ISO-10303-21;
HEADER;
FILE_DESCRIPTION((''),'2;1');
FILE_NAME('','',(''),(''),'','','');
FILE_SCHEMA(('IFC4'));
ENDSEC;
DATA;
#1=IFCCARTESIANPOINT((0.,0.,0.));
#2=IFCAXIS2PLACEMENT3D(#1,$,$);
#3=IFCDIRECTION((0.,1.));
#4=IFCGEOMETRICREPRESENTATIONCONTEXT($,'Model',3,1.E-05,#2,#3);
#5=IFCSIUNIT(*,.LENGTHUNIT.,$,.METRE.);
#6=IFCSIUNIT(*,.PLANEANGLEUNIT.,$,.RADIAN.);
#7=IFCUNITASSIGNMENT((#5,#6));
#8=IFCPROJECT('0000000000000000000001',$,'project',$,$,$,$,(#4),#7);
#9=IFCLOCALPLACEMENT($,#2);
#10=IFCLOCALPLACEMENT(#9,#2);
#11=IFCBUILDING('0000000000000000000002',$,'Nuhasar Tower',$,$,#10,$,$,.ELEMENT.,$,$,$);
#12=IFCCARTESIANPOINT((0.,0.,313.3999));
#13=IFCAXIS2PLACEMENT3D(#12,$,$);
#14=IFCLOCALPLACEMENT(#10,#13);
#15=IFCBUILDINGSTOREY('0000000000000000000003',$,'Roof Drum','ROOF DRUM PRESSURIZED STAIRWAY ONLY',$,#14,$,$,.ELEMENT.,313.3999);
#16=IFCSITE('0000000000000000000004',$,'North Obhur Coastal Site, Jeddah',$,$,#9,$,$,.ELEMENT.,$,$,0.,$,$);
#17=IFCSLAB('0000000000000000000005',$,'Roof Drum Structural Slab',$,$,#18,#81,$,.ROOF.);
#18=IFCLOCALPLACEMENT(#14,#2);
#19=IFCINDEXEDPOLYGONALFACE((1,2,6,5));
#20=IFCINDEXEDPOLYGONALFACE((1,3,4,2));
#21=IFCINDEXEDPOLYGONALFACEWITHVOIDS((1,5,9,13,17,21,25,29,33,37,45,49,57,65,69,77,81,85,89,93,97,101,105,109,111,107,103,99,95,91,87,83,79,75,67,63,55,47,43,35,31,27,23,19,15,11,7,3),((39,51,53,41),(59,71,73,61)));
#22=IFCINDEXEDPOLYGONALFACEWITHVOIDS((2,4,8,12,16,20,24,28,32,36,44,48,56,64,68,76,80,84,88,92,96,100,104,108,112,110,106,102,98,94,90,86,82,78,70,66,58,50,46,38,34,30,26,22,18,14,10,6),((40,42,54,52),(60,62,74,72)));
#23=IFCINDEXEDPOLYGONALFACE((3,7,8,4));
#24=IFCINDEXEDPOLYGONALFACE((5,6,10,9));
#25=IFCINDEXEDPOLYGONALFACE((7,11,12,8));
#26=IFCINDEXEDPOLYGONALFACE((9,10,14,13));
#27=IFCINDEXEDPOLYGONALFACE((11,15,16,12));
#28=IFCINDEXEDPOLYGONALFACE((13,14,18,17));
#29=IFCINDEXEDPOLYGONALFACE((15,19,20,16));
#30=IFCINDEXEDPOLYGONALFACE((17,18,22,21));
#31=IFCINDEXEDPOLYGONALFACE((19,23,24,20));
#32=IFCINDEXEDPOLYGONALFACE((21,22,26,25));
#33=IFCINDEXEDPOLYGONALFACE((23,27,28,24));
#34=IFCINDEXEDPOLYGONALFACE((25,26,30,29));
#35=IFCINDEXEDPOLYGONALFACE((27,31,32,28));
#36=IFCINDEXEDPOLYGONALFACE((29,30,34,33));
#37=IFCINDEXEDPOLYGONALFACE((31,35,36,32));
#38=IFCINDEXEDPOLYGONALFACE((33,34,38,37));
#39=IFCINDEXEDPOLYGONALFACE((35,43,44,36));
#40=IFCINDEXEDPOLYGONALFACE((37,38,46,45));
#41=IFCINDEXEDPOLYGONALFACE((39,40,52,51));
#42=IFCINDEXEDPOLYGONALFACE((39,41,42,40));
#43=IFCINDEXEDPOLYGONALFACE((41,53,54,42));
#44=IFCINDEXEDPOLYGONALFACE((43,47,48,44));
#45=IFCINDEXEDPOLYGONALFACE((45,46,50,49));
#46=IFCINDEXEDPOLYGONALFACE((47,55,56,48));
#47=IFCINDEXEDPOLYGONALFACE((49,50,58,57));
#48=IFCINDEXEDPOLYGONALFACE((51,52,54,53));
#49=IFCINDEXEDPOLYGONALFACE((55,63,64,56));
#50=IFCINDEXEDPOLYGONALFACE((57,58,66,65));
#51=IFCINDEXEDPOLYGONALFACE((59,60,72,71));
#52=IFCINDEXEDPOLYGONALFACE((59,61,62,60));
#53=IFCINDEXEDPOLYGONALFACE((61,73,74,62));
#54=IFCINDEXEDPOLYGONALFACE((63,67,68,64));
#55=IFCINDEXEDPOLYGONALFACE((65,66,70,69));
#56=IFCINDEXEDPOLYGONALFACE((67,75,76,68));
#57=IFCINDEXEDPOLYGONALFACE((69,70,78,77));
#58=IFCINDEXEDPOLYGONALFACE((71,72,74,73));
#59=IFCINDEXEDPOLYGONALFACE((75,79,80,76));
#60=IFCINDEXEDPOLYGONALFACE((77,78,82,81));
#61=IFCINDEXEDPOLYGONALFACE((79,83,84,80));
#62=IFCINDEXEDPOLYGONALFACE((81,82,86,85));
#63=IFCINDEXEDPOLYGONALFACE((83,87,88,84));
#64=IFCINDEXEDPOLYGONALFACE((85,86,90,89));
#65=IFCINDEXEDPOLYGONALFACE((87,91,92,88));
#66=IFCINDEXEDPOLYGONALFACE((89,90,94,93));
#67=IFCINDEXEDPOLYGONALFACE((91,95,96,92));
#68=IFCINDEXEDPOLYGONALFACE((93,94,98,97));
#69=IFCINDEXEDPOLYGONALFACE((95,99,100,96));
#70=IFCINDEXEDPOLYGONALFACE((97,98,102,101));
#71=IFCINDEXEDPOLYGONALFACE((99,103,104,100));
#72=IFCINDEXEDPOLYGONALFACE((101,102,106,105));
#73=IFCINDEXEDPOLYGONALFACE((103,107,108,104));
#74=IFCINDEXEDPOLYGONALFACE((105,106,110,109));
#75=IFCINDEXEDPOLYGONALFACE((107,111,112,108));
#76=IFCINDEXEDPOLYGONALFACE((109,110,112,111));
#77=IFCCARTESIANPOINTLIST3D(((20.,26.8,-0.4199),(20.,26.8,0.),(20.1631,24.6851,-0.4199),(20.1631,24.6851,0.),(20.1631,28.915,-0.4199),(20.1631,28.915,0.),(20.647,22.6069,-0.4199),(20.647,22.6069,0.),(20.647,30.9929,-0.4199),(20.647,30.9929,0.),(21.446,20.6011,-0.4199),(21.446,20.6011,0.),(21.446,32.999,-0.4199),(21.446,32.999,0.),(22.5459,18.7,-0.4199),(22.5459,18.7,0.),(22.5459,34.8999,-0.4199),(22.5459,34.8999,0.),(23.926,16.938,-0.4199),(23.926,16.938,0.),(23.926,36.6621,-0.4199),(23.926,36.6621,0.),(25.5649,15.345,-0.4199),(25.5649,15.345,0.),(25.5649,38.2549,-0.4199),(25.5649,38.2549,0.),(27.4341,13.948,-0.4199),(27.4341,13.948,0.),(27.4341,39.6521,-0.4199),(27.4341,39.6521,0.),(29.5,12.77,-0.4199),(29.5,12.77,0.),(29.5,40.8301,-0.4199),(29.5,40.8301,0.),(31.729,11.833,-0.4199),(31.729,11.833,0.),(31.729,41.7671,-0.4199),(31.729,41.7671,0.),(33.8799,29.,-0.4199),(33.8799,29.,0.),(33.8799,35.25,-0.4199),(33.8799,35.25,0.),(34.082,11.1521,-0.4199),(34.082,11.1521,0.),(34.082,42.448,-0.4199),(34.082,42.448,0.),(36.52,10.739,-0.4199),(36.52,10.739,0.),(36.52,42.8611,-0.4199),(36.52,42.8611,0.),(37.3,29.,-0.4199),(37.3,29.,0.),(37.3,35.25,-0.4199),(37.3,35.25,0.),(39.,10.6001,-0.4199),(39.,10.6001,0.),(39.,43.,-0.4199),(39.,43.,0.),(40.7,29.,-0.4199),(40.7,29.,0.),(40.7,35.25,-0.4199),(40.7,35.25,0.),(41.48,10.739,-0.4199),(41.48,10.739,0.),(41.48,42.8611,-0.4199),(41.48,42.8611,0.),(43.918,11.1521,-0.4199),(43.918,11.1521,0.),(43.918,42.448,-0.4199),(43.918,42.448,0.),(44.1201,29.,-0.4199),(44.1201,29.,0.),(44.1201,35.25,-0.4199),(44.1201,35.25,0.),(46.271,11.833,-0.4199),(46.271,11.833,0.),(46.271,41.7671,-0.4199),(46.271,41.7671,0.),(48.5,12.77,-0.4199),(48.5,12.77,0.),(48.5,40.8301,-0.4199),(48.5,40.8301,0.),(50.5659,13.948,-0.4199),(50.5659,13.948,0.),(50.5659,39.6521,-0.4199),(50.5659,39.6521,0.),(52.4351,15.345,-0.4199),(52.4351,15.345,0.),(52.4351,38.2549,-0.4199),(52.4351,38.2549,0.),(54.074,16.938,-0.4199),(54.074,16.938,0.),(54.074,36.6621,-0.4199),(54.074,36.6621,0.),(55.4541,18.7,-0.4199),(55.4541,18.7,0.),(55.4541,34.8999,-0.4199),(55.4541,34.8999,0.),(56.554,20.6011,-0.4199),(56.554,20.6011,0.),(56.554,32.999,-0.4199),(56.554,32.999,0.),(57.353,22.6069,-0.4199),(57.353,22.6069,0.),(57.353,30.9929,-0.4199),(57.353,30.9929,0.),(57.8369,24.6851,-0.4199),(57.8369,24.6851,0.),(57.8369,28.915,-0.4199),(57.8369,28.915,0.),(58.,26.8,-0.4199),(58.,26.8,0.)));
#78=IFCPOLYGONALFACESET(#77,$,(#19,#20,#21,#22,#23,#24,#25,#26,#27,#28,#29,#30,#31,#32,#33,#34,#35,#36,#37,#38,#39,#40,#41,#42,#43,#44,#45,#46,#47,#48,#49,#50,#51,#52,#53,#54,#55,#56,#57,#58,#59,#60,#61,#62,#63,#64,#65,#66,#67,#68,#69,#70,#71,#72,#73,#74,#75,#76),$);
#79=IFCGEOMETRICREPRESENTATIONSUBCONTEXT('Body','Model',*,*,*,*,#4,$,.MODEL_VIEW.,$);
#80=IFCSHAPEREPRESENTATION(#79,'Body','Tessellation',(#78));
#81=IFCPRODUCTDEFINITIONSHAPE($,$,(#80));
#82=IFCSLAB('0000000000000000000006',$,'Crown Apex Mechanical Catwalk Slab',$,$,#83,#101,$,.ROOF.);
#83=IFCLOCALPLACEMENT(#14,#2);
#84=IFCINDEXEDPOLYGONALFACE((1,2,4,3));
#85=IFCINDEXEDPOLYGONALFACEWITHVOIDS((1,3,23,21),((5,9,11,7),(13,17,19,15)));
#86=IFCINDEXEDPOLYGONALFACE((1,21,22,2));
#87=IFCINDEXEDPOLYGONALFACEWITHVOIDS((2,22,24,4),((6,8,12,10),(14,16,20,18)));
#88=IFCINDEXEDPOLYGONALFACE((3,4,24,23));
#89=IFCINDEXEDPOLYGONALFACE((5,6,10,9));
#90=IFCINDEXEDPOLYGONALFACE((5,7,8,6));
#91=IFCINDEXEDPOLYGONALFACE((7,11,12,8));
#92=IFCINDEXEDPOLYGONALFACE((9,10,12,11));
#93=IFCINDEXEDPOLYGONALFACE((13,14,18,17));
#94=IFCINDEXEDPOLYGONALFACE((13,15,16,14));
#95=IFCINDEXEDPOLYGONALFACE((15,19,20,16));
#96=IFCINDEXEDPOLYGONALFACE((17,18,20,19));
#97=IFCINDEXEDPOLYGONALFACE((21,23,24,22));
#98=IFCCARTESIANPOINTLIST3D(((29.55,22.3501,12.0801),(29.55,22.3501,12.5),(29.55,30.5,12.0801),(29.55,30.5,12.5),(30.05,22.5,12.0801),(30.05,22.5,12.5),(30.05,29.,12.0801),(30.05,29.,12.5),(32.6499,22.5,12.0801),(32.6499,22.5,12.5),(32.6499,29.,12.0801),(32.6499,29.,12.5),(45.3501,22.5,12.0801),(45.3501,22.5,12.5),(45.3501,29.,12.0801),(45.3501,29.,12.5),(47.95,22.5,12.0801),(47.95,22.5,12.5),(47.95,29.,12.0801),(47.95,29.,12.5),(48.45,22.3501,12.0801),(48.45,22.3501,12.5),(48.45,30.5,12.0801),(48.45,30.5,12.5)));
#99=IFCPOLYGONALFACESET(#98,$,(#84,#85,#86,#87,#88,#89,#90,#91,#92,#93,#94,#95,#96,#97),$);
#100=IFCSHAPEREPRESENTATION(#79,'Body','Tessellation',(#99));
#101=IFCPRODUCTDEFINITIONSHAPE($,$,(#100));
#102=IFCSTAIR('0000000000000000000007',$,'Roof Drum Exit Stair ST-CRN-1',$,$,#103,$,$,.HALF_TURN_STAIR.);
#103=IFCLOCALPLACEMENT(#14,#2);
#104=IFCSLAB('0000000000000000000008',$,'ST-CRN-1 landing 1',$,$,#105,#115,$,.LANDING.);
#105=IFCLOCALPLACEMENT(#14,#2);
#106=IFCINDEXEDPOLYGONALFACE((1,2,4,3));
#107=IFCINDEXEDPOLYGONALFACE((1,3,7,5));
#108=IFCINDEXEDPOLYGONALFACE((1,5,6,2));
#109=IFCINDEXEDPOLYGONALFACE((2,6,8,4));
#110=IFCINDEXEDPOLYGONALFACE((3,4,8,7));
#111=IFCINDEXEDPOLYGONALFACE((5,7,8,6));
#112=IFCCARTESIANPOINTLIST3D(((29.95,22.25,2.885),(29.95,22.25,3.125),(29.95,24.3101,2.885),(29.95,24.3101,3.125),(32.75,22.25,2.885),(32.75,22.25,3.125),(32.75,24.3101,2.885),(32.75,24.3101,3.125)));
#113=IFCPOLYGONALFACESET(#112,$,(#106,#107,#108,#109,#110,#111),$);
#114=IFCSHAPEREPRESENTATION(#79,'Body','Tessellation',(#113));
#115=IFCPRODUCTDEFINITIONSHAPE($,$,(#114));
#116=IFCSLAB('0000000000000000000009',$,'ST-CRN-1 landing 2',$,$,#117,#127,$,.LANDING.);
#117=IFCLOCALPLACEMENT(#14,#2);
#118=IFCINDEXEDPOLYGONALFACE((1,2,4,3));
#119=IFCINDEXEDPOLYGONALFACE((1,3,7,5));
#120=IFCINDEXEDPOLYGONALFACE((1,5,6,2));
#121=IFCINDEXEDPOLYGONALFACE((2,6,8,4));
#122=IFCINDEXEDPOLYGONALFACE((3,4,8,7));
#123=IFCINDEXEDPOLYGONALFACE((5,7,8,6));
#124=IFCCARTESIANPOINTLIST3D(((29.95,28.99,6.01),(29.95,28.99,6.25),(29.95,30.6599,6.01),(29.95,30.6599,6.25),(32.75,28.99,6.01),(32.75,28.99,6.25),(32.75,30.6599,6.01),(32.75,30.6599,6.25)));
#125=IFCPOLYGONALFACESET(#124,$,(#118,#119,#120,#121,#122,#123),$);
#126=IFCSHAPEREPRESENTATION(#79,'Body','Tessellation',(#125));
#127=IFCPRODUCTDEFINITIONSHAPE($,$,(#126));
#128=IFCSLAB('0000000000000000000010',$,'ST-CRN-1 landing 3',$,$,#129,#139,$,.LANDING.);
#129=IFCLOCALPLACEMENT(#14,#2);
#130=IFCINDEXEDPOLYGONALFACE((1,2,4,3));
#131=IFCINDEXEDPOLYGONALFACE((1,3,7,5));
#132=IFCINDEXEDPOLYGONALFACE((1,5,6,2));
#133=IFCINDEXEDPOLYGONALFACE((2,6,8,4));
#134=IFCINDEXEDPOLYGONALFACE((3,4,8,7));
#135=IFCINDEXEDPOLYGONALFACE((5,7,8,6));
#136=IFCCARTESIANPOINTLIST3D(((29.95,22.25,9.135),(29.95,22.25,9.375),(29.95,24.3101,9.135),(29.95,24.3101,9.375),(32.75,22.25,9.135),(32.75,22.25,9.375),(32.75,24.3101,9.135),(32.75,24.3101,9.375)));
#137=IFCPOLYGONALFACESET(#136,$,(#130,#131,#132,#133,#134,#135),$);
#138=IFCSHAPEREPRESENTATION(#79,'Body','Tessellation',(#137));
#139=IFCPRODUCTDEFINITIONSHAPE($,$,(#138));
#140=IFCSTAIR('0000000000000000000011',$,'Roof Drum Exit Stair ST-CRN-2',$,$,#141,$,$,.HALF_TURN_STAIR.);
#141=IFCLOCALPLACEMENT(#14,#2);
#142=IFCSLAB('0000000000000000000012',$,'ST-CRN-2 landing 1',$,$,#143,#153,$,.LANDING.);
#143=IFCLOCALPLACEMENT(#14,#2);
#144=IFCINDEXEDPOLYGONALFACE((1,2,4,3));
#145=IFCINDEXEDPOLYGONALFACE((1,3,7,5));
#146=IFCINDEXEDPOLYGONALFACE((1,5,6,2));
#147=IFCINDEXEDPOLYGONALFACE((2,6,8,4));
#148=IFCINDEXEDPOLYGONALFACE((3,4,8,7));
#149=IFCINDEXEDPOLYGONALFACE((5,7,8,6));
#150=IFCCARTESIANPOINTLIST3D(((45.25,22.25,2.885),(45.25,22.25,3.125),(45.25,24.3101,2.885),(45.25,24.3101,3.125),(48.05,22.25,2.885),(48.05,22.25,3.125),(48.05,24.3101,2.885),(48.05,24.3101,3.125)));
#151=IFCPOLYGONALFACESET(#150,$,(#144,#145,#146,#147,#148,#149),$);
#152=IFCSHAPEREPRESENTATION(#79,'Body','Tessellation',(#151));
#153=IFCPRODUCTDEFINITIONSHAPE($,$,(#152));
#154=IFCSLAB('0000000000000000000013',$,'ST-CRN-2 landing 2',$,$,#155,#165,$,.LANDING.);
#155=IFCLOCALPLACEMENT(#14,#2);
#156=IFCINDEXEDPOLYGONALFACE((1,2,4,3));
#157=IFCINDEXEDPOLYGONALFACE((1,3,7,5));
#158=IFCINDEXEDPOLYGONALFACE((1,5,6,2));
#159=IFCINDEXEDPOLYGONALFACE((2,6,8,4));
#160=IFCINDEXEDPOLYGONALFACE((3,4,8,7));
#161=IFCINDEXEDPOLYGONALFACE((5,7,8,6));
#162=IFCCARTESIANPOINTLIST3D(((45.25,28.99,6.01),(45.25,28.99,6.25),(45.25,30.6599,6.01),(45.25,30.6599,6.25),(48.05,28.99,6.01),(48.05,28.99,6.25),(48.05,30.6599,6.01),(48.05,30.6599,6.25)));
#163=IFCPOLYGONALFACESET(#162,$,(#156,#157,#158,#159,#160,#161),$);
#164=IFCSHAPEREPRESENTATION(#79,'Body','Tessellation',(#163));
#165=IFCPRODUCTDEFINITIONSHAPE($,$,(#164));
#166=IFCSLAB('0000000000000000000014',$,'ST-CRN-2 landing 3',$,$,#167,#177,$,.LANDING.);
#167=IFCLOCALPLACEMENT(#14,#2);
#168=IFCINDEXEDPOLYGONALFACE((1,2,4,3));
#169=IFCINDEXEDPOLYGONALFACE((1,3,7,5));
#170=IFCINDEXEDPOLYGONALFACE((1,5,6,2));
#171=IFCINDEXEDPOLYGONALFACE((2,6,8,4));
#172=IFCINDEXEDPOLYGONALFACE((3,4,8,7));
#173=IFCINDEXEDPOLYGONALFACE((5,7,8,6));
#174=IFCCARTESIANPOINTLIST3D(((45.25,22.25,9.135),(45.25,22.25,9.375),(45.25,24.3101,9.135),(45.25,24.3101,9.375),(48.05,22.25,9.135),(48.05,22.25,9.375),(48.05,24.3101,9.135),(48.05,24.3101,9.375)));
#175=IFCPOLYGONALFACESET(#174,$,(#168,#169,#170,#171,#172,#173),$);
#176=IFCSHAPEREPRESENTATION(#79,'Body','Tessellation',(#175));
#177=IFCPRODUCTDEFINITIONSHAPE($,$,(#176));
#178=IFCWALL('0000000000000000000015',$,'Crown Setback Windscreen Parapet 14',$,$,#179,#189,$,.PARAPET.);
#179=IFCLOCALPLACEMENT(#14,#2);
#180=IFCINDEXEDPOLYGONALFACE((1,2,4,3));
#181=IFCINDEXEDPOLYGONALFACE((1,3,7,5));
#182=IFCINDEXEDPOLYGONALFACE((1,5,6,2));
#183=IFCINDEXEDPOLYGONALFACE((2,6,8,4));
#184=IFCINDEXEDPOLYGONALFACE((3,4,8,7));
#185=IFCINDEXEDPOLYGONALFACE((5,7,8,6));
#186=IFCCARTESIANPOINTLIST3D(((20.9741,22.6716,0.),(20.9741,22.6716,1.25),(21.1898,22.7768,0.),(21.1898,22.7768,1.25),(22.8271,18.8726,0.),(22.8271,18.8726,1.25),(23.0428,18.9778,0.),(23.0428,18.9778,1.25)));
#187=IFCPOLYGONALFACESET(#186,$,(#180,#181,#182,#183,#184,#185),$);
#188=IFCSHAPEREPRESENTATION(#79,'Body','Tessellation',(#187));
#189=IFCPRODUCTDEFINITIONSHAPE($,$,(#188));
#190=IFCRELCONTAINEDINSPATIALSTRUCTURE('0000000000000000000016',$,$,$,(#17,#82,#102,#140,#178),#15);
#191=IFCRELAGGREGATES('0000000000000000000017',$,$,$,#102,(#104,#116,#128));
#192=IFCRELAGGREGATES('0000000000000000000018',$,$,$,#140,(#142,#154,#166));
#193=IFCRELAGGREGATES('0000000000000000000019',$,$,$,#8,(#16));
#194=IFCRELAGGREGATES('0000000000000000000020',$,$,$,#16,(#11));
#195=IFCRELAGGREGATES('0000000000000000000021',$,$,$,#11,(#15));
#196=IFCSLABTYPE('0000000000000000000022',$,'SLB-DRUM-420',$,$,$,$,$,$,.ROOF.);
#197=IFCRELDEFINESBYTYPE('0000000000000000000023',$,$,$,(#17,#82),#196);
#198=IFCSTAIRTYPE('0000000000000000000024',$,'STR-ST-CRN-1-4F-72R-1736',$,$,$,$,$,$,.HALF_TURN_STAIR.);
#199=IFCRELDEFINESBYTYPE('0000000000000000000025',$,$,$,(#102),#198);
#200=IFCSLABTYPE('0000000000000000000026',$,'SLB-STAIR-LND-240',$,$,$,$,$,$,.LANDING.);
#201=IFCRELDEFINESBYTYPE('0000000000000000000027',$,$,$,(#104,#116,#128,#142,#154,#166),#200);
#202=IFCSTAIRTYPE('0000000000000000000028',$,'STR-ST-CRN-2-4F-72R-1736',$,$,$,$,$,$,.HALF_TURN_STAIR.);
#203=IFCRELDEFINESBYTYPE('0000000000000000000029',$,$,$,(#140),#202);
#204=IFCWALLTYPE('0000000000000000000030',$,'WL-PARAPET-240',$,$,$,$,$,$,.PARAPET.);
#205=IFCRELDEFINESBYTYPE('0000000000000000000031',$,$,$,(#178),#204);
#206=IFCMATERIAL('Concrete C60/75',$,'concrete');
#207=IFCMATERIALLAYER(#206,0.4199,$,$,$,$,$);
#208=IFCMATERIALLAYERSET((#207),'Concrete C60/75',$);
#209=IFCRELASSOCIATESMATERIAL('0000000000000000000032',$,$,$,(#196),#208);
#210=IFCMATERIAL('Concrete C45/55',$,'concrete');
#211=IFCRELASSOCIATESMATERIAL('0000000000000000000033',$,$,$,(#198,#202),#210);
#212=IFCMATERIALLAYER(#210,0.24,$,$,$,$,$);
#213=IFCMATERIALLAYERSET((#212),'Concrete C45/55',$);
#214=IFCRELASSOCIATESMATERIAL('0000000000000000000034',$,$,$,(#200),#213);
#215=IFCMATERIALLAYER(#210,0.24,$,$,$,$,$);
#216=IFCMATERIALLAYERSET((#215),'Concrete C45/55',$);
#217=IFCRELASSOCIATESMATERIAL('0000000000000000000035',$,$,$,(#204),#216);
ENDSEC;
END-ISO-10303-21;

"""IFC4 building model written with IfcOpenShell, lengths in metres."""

from ifc_helpers import new_model, si_unit, direction, frame, frame_2d, origin, place, context, subcontext, project, spatial, polyline, rectangle, outline, extrude, material, layer, layer_set, type_object, element, aggregate, save


model = new_model("IFC4")

# Units and contexts
model_context = context("Model", 3, precision=1e-05, world=origin(), true_north=direction((0.0, 1.0)))
body_context = subcontext(model_context, "Body", "Model", "MODEL_VIEW")
ifc_project = project(units=[si_unit("LENGTHUNIT", "METRE"), si_unit("PLANEANGLEUNIT", "RADIAN")], contexts=[model_context])

# Site, building, storey
site_placement = place(None, origin())
site = spatial("IfcSite", under=ifc_project, at=site_placement, Name="North Obhur Coastal Site, Jeddah", CompositionType="ELEMENT", RefElevation=0.0)
building_placement = place(site_placement, origin())
building = spatial("IfcBuilding", under=site, at=building_placement, Name="Nuhasar Tower", CompositionType="ELEMENT")
storey_placement = place(building_placement, frame((0.0, 0.0, 313.3999)))
storey = spatial("IfcBuildingStorey", under=building, at=storey_placement, Name="Roof Drum", Description="ROOF DRUM PRESSURIZED STAIRWAY ONLY", CompositionType="ELEMENT", Elevation=313.3999)

# Slabs
ifc_material_1 = material(Name="Concrete C45/55", Category="concrete")
ifc_material_2 = material(Name="Concrete C60/75", Category="concrete")
ifc_layer_1 = layer(ifc_material_2, 0.4199)
ifc_layer_set_1 = layer_set([ifc_layer_1], Name="Concrete C60/75")
slab_type_1 = type_object("IfcSlabType", Name="SLB-DRUM-420", PredefinedType="ROOF", material=ifc_layer_set_1)
slab_1_placement = place(storey_placement, frame((0.0, 0.0, -0.4199)))
element("IfcSlab", 1, at=slab_1_placement, inside=storey, type_object=slab_type_1, Name="Roof Drum Structural Slab", PredefinedType="ROOF", context=body_context, shape_type="SweptSolid", body=[
    extrude(outline(polyline([(58.0, 26.8), (57.8369, 28.915), (57.353, 30.9929), (56.554, 32.999), (55.4541, 34.8999), (54.074, 36.6621), (52.4351, 38.2549), (50.5659, 39.6521), (48.5, 40.8301), (46.271, 41.7671), (43.918, 42.448), (41.48, 42.8611), (39.0, 43.0), (36.52, 42.8611), (34.082, 42.448), (31.729, 41.7671), (29.5, 40.8301), (27.4341, 39.6521), (25.5649, 38.2549), (23.926, 36.6621), (22.5459, 34.8999), (21.446, 32.999), (20.647, 30.9929), (20.1631, 28.915), (20.0, 26.8), (20.1631, 24.6851), (20.647, 22.6069), (21.446, 20.6011), (22.5459, 18.7), (23.926, 16.938), (25.5649, 15.345), (27.4341, 13.948), (29.5, 12.77), (31.729, 11.833), (34.082, 11.1521), (36.52, 10.739), (39.0, 10.6001), (41.48, 10.739), (43.918, 11.1521), (46.271, 11.833), (48.5, 12.77), (50.5659, 13.948), (52.4351, 15.345), (54.074, 16.938), (55.4541, 18.7), (56.554, 20.6011), (57.353, 22.6069), (57.8369, 24.6851), (58.0, 26.8)]), holes=[polyline([(33.8799, 35.25), (37.3, 35.25), (37.3, 29.0), (33.8799, 29.0), (33.8799, 35.25)]), polyline([(40.7, 35.25), (44.1201, 35.25), (44.1201, 29.0), (40.7, 29.0), (40.7, 35.25)])]), origin(), (0.0, 0.0, 1.0), 0.4199),
])
slab_2_placement = place(storey_placement, frame((0.0, 0.0, 12.0801)))
element("IfcSlab", 2, at=slab_2_placement, inside=storey, type_object=slab_type_1, Name="Crown Apex Mechanical Catwalk Slab", PredefinedType="ROOF", context=body_context, shape_type="SweptSolid", body=[
    extrude(outline(polyline([(29.55, 22.3501), (48.45, 22.3501), (48.45, 30.5), (29.55, 30.5), (29.55, 22.3501)]), holes=[polyline([(30.05, 29.0), (32.6499, 29.0), (32.6499, 22.5), (30.05, 22.5), (30.05, 29.0)]), polyline([(45.3501, 29.0), (47.95, 29.0), (47.95, 22.5), (45.3501, 22.5), (45.3501, 29.0)])]), origin(), (0.0, 0.0, 1.0), 0.4199),
])

# Stairs, slabs
stair_type_1 = type_object("IfcStairType", Name="STR-ST-CRN-1-4F-72R-1736", PredefinedType="HALF_TURN_STAIR", material=ifc_material_1)
stair_1_placement = place(storey_placement, origin())
stair_1 = element("IfcStair", 3, at=stair_1_placement, inside=storey, type_object=stair_type_1, Name="Roof Drum Exit Stair ST-CRN-1", PredefinedType="HALF_TURN_STAIR")
ifc_layer_2 = layer(ifc_material_1, 0.24)
ifc_layer_set_2 = layer_set([ifc_layer_2], Name="Concrete C45/55")
slab_type_2 = type_object("IfcSlabType", Name="SLB-STAIR-LND-240", PredefinedType="LANDING", material=ifc_layer_set_2)
slab_3_placement = place(storey_placement, frame((0.0, 0.0, 2.885)))
slab_3 = element("IfcSlab", 4, at=slab_3_placement, type_object=slab_type_2, Name="ST-CRN-1 landing 1", PredefinedType="LANDING", context=body_context, shape_type="SweptSolid", body=[
    extrude(outline(polyline([(29.95, 22.25), (32.75, 22.25), (32.75, 24.3101), (29.95, 24.3101), (29.95, 22.25)])), origin(), (0.0, 0.0, 1.0), 0.24),
])
slab_4_placement = place(storey_placement, frame((0.0, 0.0, 6.01)))
slab_4 = element("IfcSlab", 5, at=slab_4_placement, type_object=slab_type_2, Name="ST-CRN-1 landing 2", PredefinedType="LANDING", context=body_context, shape_type="SweptSolid", body=[
    extrude(outline(polyline([(29.95, 28.99), (32.75, 28.99), (32.75, 30.6599), (29.95, 30.6599), (29.95, 28.99)])), origin(), (0.0, 0.0, 1.0), 0.24),
])
slab_5_placement = place(storey_placement, frame((0.0, 0.0, 9.135)))
slab_5 = element("IfcSlab", 6, at=slab_5_placement, type_object=slab_type_2, Name="ST-CRN-1 landing 3", PredefinedType="LANDING", context=body_context, shape_type="SweptSolid", body=[
    extrude(outline(polyline([(29.95, 22.25), (32.75, 22.25), (32.75, 24.3101), (29.95, 24.3101), (29.95, 22.25)])), origin(), (0.0, 0.0, 1.0), 0.24),
])
aggregate(stair_1, [slab_3, slab_4, slab_5])
stair_type_2 = type_object("IfcStairType", Name="STR-ST-CRN-2-4F-72R-1736", PredefinedType="HALF_TURN_STAIR", material=ifc_material_1)
stair_2_placement = place(storey_placement, origin())
stair_2 = element("IfcStair", 7, at=stair_2_placement, inside=storey, type_object=stair_type_2, Name="Roof Drum Exit Stair ST-CRN-2", PredefinedType="HALF_TURN_STAIR")
slab_6_placement = place(storey_placement, frame((0.0, 0.0, 2.885)))
slab_6 = element("IfcSlab", 8, at=slab_6_placement, type_object=slab_type_2, Name="ST-CRN-2 landing 1", PredefinedType="LANDING", context=body_context, shape_type="SweptSolid", body=[
    extrude(outline(polyline([(45.25, 22.25), (48.05, 22.25), (48.05, 24.3101), (45.25, 24.3101), (45.25, 22.25)])), origin(), (0.0, 0.0, 1.0), 0.24),
])
slab_7_placement = place(storey_placement, frame((0.0, 0.0, 6.01)))
slab_7 = element("IfcSlab", 9, at=slab_7_placement, type_object=slab_type_2, Name="ST-CRN-2 landing 2", PredefinedType="LANDING", context=body_context, shape_type="SweptSolid", body=[
    extrude(outline(polyline([(45.25, 28.99), (48.05, 28.99), (48.05, 30.6599), (45.25, 30.6599), (45.25, 28.99)])), origin(), (0.0, 0.0, 1.0), 0.24),
])
slab_8_placement = place(storey_placement, frame((0.0, 0.0, 9.135)))
slab_8 = element("IfcSlab", 10, at=slab_8_placement, type_object=slab_type_2, Name="ST-CRN-2 landing 3", PredefinedType="LANDING", context=body_context, shape_type="SweptSolid", body=[
    extrude(outline(polyline([(45.25, 22.25), (48.05, 22.25), (48.05, 24.3101), (45.25, 24.3101), (45.25, 22.25)])), origin(), (0.0, 0.0, 1.0), 0.24),
])
aggregate(stair_2, [slab_6, slab_7, slab_8])

# Wall
ifc_layer_3 = layer(ifc_material_1, 0.24)
ifc_layer_set_3 = layer_set([ifc_layer_3], Name="Concrete C45/55")
wall_type = type_object("IfcWallType", Name="WL-PARAPET-240", PredefinedType="PARAPET", material=ifc_layer_set_3)
wall_1_placement = place(storey_placement, frame((21.082, 22.7241, 0.0), z_axis=(0.0, 0.0, 1.0), x_axis=(0.438389, -0.898785, 0.0)))
element("IfcWall", 11, at=wall_1_placement, inside=storey, type_object=wall_type, Name="Crown Setback Windscreen Parapet 14", PredefinedType="PARAPET", context=body_context, shape_type="SweptSolid", body=[
    extrude(rectangle(XDim=4.2268, YDim=0.24, at=frame_2d((2.1133, 0.0))), origin(), (0.0, 0.0, 1.0), 1.25),
])

save(model, "model.ifc")
